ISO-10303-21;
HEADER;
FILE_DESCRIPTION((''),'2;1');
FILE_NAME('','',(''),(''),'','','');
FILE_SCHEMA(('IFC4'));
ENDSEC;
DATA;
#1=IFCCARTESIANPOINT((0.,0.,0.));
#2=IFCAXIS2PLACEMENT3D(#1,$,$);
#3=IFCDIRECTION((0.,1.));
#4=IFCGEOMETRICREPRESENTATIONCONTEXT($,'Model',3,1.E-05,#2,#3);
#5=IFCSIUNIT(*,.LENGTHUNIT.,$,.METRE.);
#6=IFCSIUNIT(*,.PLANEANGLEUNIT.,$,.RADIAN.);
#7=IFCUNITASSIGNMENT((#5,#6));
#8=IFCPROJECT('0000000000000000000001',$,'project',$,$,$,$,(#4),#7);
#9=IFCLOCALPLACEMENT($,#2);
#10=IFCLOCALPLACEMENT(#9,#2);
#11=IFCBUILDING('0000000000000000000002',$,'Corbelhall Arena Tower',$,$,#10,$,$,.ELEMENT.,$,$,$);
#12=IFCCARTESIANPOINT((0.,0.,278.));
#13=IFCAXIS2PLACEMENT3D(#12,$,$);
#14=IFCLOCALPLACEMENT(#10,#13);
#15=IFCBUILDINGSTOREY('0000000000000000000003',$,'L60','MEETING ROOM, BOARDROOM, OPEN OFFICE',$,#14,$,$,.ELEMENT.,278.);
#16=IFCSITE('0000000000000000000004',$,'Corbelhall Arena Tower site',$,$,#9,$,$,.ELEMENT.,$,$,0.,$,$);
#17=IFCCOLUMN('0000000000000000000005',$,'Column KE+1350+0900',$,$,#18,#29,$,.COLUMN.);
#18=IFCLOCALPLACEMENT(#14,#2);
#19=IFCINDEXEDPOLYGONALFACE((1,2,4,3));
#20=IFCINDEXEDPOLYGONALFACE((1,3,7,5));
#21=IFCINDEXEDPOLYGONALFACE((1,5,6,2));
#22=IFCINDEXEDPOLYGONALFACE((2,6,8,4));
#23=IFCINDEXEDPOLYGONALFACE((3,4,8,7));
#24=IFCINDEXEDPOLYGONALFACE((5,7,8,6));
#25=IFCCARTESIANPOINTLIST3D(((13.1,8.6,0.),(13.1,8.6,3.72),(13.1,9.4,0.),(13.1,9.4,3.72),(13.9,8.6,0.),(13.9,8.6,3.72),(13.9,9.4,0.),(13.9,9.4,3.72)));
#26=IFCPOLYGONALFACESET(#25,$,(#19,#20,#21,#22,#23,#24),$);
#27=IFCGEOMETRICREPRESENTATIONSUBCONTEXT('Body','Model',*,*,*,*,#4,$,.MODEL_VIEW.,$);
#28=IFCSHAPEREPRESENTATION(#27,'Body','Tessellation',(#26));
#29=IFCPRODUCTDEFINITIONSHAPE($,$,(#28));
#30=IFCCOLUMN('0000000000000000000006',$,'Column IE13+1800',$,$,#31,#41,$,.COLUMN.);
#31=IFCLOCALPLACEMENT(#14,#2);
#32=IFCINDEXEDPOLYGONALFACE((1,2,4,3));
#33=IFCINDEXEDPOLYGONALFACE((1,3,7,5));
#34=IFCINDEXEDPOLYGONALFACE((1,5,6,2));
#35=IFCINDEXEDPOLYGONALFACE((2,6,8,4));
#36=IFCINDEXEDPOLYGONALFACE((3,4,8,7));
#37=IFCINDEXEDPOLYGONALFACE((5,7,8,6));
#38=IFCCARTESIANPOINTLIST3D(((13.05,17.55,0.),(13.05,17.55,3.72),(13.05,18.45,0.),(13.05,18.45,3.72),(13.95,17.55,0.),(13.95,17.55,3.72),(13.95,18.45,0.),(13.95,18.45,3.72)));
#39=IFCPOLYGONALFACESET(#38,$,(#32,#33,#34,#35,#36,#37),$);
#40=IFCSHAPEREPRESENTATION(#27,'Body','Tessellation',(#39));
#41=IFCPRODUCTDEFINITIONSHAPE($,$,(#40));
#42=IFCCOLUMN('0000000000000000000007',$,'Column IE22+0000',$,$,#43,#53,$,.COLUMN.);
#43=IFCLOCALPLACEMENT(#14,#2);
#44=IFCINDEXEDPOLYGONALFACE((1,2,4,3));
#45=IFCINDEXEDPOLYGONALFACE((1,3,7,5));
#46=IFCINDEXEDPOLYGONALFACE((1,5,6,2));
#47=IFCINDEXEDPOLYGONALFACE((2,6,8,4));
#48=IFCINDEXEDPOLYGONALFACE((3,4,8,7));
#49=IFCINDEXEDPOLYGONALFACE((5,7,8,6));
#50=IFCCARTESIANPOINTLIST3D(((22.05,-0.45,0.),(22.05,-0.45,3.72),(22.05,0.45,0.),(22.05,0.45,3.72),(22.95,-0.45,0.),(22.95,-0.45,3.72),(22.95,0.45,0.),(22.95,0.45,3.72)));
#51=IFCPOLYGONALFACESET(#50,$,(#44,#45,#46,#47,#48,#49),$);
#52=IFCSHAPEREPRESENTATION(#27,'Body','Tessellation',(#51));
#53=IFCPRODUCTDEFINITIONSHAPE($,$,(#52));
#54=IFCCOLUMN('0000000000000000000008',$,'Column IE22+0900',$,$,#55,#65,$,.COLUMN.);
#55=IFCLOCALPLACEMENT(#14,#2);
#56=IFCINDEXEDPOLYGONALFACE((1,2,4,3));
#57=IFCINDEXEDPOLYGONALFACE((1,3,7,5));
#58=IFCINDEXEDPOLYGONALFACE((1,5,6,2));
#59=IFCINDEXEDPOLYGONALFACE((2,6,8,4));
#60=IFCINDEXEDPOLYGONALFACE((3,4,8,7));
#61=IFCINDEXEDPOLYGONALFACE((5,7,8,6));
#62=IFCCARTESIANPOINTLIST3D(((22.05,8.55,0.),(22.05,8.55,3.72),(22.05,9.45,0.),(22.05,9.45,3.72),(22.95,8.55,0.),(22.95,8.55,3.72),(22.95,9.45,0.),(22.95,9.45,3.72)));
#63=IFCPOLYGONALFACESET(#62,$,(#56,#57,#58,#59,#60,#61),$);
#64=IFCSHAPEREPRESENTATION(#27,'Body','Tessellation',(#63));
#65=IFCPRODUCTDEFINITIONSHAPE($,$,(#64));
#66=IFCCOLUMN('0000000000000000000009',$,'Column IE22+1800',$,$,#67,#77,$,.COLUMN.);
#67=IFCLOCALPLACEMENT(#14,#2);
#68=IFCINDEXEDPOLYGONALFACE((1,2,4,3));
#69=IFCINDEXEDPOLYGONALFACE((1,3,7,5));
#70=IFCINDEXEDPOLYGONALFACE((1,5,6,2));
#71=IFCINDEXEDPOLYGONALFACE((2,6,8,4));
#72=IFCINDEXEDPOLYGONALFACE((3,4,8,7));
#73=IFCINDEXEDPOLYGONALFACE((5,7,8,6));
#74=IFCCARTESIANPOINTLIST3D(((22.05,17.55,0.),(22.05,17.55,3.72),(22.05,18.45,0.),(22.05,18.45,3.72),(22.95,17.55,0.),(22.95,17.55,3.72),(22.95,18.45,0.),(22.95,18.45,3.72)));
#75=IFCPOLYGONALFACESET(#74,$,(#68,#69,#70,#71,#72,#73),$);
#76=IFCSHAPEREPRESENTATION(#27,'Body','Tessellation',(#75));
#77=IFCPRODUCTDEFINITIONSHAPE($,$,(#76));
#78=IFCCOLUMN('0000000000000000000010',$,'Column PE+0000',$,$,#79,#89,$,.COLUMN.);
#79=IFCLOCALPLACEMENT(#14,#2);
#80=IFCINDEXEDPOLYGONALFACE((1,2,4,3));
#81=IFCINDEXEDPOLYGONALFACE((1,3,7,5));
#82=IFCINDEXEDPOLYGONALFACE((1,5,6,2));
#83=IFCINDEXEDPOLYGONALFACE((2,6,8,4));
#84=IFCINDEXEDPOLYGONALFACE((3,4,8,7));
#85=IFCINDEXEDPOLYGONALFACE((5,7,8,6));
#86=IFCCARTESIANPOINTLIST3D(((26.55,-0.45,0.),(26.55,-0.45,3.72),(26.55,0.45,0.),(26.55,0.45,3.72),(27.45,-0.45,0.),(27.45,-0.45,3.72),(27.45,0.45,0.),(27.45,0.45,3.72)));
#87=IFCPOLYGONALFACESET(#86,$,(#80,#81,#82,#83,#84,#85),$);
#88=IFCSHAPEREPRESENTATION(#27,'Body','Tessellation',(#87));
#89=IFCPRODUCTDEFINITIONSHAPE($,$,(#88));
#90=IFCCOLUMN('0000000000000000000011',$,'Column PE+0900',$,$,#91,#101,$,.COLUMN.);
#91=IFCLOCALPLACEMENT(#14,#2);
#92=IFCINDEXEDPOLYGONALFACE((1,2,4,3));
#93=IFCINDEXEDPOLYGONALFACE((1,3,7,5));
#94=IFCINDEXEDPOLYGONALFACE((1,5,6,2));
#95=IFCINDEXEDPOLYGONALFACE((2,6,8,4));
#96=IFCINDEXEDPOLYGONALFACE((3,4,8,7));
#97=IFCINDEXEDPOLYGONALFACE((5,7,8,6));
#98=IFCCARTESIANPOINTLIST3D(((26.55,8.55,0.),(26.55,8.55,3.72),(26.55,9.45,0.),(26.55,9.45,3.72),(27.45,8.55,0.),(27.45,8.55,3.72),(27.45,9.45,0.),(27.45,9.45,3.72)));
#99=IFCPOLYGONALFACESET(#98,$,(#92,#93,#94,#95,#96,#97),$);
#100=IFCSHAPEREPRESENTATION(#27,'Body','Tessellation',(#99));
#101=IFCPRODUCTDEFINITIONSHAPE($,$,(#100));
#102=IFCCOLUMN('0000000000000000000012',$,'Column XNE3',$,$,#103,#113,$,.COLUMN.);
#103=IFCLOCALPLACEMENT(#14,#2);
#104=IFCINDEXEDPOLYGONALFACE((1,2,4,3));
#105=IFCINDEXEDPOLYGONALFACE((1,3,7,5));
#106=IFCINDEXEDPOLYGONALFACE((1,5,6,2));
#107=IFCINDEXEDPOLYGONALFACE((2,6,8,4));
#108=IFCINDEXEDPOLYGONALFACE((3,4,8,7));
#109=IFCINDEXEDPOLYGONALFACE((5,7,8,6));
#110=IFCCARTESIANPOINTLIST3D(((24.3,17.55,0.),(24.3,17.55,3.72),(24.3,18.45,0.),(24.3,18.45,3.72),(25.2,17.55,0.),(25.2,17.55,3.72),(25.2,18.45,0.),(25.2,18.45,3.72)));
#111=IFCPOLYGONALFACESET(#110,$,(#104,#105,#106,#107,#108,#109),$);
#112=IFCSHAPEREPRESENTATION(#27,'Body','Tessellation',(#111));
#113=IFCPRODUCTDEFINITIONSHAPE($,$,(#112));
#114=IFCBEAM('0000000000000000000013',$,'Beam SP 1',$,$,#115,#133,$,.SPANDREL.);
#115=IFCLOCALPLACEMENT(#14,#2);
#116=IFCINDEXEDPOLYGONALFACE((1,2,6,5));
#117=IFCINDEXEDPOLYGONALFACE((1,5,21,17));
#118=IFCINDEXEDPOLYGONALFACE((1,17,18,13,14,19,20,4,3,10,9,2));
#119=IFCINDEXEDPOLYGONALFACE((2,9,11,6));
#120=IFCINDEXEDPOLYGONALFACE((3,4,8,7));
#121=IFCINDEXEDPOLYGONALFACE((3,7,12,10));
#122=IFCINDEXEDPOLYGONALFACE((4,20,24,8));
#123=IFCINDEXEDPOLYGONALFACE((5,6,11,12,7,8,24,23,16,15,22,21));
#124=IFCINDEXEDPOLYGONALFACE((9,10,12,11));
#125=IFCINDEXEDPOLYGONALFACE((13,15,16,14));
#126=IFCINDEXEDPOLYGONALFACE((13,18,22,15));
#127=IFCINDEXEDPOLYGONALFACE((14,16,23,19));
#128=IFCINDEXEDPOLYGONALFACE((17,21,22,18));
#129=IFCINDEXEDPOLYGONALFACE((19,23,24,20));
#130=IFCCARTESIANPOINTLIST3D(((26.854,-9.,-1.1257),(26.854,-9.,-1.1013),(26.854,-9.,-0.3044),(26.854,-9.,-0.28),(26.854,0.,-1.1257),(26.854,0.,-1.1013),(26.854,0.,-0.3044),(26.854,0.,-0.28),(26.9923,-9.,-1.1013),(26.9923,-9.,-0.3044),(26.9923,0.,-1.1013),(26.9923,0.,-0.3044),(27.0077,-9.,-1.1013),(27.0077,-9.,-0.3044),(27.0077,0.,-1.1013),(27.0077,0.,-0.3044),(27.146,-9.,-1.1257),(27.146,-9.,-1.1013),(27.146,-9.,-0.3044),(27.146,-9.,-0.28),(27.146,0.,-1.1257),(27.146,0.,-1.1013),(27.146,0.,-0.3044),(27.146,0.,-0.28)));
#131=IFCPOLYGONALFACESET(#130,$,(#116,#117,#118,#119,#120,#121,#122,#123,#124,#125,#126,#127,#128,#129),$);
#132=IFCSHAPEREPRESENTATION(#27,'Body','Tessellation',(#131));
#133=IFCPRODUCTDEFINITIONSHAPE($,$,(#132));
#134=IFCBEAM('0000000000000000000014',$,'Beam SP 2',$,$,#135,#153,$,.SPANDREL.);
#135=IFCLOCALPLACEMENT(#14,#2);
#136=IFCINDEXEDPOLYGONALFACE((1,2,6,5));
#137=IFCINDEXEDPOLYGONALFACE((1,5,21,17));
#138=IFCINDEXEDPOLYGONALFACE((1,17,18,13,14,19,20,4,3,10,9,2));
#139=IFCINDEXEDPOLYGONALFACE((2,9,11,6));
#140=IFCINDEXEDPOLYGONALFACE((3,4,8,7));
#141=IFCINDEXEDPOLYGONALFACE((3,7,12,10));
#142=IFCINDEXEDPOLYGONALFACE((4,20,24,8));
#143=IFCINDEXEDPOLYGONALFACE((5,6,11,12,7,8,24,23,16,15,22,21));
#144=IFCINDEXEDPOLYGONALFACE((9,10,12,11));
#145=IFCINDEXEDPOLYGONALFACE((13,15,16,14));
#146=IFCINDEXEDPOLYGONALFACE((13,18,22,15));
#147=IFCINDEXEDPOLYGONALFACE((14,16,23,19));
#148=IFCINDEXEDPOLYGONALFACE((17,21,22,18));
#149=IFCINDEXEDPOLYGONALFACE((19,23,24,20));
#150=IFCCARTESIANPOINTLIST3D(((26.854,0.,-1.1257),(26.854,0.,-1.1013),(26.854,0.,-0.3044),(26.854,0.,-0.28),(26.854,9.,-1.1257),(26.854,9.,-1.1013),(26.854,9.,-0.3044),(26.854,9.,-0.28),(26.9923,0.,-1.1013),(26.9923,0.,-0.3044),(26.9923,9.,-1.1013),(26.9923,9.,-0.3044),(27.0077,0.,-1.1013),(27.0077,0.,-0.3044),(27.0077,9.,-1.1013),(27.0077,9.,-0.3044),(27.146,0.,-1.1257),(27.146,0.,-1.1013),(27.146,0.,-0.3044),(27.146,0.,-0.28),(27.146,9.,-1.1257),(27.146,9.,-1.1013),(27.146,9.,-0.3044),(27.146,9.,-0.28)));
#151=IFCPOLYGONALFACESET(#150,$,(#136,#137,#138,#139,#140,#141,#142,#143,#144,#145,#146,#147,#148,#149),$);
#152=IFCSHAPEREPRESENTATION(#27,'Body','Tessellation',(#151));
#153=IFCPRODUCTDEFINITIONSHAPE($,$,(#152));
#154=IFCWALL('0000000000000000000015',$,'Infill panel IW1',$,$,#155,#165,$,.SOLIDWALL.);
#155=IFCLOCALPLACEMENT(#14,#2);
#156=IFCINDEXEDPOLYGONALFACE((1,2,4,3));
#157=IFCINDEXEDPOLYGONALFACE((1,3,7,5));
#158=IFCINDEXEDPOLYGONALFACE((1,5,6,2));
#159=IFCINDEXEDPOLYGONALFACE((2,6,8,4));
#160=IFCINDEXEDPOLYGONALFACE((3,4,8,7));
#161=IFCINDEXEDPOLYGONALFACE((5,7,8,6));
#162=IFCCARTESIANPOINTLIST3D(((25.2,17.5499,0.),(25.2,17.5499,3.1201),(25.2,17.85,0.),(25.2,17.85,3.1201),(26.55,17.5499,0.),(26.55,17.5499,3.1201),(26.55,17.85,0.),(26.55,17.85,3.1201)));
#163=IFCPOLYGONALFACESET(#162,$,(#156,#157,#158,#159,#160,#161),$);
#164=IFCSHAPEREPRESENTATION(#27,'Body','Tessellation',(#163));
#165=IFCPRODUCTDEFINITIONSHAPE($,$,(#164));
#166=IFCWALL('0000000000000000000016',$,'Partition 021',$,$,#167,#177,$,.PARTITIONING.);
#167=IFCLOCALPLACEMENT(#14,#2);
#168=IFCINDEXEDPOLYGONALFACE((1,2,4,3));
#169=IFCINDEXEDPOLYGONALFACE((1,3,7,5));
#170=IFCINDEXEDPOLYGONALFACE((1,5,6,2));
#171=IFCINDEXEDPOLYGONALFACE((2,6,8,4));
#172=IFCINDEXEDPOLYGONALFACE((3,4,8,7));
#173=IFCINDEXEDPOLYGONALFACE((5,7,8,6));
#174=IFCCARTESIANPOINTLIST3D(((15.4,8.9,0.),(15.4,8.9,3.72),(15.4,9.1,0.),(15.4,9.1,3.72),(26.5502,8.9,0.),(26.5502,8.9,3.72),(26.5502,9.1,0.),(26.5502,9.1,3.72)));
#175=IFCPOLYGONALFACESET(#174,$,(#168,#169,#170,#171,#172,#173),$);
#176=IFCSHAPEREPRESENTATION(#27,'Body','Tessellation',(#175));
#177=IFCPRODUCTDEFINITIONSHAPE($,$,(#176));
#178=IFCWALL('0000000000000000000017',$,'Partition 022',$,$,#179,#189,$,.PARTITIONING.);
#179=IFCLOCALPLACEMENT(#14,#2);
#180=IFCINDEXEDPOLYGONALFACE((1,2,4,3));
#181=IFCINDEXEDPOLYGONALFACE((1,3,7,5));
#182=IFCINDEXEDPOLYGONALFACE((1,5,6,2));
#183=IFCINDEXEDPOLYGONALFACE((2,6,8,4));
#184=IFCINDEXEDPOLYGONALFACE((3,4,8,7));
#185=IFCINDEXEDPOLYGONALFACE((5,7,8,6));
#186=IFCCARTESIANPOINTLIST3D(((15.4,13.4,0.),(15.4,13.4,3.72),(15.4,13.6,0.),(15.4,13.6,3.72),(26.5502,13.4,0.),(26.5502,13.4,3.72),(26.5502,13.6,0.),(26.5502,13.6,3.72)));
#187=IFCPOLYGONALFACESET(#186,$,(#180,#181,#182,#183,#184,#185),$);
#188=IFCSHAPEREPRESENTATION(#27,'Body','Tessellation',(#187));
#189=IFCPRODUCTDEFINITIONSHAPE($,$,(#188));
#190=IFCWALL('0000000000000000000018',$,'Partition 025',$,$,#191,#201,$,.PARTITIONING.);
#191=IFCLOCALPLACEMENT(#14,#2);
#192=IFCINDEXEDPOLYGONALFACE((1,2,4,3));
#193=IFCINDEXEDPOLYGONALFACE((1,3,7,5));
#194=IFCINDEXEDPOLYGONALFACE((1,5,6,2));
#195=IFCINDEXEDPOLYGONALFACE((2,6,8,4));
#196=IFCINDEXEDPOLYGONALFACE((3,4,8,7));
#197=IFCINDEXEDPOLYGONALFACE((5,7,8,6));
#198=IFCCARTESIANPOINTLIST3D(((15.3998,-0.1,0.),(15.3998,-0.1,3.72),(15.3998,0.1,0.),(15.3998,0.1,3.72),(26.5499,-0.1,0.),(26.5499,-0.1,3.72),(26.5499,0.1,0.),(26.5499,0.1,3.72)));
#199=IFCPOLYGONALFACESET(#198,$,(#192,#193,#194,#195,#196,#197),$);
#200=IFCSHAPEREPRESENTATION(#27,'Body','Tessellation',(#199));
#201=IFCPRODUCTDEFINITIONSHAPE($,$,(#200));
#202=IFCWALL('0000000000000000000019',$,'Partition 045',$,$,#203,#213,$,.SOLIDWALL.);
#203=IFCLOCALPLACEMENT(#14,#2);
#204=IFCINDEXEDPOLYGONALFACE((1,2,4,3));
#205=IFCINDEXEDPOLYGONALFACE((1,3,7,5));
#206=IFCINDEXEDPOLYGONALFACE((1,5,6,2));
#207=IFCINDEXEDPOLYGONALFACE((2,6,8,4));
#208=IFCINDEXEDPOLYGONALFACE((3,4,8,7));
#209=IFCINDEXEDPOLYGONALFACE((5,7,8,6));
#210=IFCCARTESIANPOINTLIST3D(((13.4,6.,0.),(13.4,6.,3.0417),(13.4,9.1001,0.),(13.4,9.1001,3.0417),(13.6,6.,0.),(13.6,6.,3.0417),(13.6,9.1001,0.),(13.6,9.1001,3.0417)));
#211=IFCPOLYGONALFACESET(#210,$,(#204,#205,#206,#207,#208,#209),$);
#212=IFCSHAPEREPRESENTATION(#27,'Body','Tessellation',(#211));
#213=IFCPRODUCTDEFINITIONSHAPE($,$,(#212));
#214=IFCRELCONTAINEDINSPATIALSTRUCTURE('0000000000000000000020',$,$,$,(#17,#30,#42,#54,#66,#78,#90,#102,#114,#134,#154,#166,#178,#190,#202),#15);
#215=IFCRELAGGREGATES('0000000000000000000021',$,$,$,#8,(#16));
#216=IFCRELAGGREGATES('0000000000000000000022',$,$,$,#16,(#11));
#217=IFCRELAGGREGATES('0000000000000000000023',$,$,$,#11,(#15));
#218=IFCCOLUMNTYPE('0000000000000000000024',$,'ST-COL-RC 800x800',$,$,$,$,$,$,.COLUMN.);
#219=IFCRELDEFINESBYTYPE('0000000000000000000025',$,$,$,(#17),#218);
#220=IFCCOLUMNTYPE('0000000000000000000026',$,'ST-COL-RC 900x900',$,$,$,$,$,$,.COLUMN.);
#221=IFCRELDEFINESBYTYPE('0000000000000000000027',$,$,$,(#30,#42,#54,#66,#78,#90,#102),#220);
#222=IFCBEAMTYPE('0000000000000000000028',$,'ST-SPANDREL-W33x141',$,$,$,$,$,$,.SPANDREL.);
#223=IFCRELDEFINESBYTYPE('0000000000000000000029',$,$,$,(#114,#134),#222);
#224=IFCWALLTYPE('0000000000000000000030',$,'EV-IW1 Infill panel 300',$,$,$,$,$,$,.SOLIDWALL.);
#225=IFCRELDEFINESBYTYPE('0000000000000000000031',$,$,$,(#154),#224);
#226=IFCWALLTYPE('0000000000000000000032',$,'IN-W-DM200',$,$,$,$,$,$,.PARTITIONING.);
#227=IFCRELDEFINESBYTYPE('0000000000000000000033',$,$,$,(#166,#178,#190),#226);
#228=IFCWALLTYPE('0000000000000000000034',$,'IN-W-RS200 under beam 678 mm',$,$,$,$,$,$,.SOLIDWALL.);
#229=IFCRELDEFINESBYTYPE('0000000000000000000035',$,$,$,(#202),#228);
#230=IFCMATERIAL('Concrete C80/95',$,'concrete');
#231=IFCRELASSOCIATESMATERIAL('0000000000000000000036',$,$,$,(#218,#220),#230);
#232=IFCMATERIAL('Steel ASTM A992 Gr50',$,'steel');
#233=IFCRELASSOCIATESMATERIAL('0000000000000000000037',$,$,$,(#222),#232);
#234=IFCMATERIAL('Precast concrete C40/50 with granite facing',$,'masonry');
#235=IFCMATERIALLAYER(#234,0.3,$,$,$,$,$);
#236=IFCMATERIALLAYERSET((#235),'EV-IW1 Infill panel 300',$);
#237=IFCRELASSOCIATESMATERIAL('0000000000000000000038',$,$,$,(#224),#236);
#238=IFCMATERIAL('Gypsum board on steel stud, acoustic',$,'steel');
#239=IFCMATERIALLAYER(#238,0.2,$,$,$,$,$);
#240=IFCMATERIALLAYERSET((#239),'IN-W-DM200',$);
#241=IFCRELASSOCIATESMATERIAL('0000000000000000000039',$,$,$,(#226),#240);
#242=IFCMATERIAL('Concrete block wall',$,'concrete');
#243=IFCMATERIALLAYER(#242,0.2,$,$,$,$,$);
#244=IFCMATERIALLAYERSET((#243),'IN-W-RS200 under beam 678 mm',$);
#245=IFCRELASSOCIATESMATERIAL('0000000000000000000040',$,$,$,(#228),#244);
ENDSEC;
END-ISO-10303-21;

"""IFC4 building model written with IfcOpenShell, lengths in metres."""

from ifc_helpers import new_model, si_unit, direction, frame, frame_2d, origin, origin_2d, place, context, subcontext, project, spatial, rectangle, i_section, extrude, material, layer, layer_set, material_profile, profile_set, type_object, element, save


model = new_model("IFC4")

# Units and contexts
model_context = context("Model", 3, precision=1e-05, world=origin(), true_north=direction((0.0, 1.0)))
body_context = subcontext(model_context, "Body", "Model", "MODEL_VIEW")
ifc_project = project(units=[si_unit("LENGTHUNIT", "METRE"), si_unit("PLANEANGLEUNIT", "RADIAN")], contexts=[model_context])

# Site, building, storey
site_placement = place(None, origin())
site = spatial("IfcSite", under=ifc_project, at=site_placement, Name="Corbelhall Arena Tower site", CompositionType="ELEMENT", RefElevation=0.0)
building_placement = place(site_placement, origin())
building = spatial("IfcBuilding", under=site, at=building_placement, Name="Corbelhall Arena Tower", CompositionType="ELEMENT")
storey_placement = place(building_placement, frame((0.0, 0.0, 278.0)))
storey = spatial("IfcBuildingStorey", under=building, at=storey_placement, Name="L60", Description="MEETING ROOM, BOARDROOM, OPEN OFFICE", CompositionType="ELEMENT", Elevation=278.0)

# Columns
ifc_material_1 = material(Name="Concrete C80/95", Category="concrete")
ifc_material_profile_1 = material_profile(ifc_material_1, rectangle(XDim=0.8, YDim=0.8, at=origin_2d()))
ifc_profile_set_1 = profile_set([ifc_material_profile_1], Name="Concrete C80/95")
column_type_1 = type_object("IfcColumnType", Name="ST-COL-RC 800x800", PredefinedType="COLUMN", material=ifc_profile_set_1)
column_placement = place(storey_placement, frame((13.5, 9.0, 0.0), z_axis=(0.0, 0.0, 1.0), x_axis=(1.0, 0.0, 0.0)))
element("IfcColumn", 1, at=column_placement, inside=storey, type_object=column_type_1, Name="Column KE+1350+0900", PredefinedType="COLUMN", context=body_context, shape_type="SweptSolid", body=[
    extrude(rectangle(XDim=0.8, YDim=0.8, at=origin_2d()), origin(), (0.0, 0.0, 1.0), 3.72),
])
ifc_material_profile_2 = material_profile(ifc_material_1, rectangle(XDim=0.8999, YDim=0.8999, at=origin_2d()))
ifc_profile_set_2 = profile_set([ifc_material_profile_2], Name="Concrete C80/95")
column_type_2 = type_object("IfcColumnType", Name="ST-COL-RC 900x900", PredefinedType="COLUMN", material=ifc_profile_set_2)
for number, where, z_axis, x_axis, name in (
    (2, (13.5, 18.0, 0.0), (0.0, 0.0, 1.0), (1.0, 0.0, 0.0), "Column IE13+1800"),
    (3, (22.5, 0.0, 0.0), (0.0, 0.0, 1.0), (1.0, 0.0, 0.0), "Column IE22+0000"),
    (4, (22.5, 9.0, 0.0), (0.0, 0.0, 1.0), (1.0, 0.0, 0.0), "Column IE22+0900"),
    (5, (22.5, 18.0, 0.0), (0.0, 0.0, 1.0), (1.0, 0.0, 0.0), "Column IE22+1800"),
    (6, (27.0, 0.0, 0.0), (0.0, 0.0, 1.0), (0.0, 1.0, 0.0), "Column PE+0000"),
    (7, (27.0, 9.0, 0.0), (0.0, 0.0, 1.0), (0.0, 1.0, 0.0), "Column PE+0900"),
    (8, (24.75, 18.0, 0.0), (0.0, 0.0, 1.0), (1.0, 0.0, 0.0), "Column XNE3"),
):
    element("IfcColumn", number, at=place(storey_placement, frame(where, z_axis=z_axis, x_axis=x_axis)), inside=storey, type_object=column_type_2, Name=name, PredefinedType="COLUMN", context=body_context, shape_type="SweptSolid", body=[
        extrude(rectangle(XDim=0.8999, YDim=0.8999, at=origin_2d()), origin(), (0.0, 0.0, 1.0), 3.72),
    ])

# Beams
ifc_material_2 = material(Name="Steel ASTM A992 Gr50", Category="steel")
ifc_material_profile_3 = material_profile(ifc_material_2, i_section(OverallWidth=0.292, OverallDepth=0.8457, WebThickness=0.0154, FlangeThickness=0.0244, at=origin_2d()))
ifc_profile_set_3 = profile_set([ifc_material_profile_3], Name="Steel ASTM A992 Gr50")
beam_type = type_object("IfcBeamType", Name="ST-SPANDREL-W33x141", PredefinedType="SPANDREL", material=ifc_profile_set_3)
for number, where, z_axis, x_axis, name in (
    (9, (27.0, 0.0, -0.7029), (0.0, -1.0, 0.0), (1.0, 0.0, 0.0), "Beam SP 1"),
    (10, (27.0, 9.0, -0.7029), (0.0, -1.0, 0.0), (1.0, 0.0, 0.0), "Beam SP 2"),
):
    element("IfcBeam", number, at=place(storey_placement, frame(where, z_axis=z_axis, x_axis=x_axis)), inside=storey, type_object=beam_type, Name=name, PredefinedType="SPANDREL", context=body_context, shape_type="SweptSolid", body=[
        extrude(i_section(OverallWidth=0.292, OverallDepth=0.8457, WebThickness=0.0154, FlangeThickness=0.0244, at=origin_2d()), origin(), (0.0, 0.0, 1.0), 9.0),
    ])

# Shared definitions
ifc_material_3 = material(Name="Precast concrete C40/50 with granite facing", Category="masonry")
ifc_layer_1 = layer(ifc_material_3, 0.3)
ifc_layer_set_1 = layer_set([ifc_layer_1], Name="EV-IW1 Infill panel 300")
wall_type_1 = type_object("IfcWallType", Name="EV-IW1 Infill panel 300", PredefinedType="SOLIDWALL", material=ifc_layer_set_1)

# Wall
wall_1_placement = place(storey_placement, frame((26.55, 17.7, 0.0), z_axis=(0.0, 0.0, 1.0), x_axis=(-1.0, 0.0, 0.0)))
element("IfcWall", 11, at=wall_1_placement, inside=storey, type_object=wall_type_1, Name="Infill panel IW1", PredefinedType="SOLIDWALL", context=body_context, shape_type="SweptSolid", body=[
    extrude(rectangle(XDim=1.3501, YDim=0.3, at=frame_2d((0.675, 0.0))), origin(), (0.0, 0.0, 1.0), 3.1201),
])

# Shared definitions
ifc_material_4 = material(Name="Gypsum board on steel stud, acoustic", Category="steel")
ifc_layer_2 = layer(ifc_material_4, 0.2)
ifc_layer_set_2 = layer_set([ifc_layer_2], Name="IN-W-DM200")
wall_type_2 = type_object("IfcWallType", Name="IN-W-DM200", PredefinedType="PARTITIONING", material=ifc_layer_set_2)

# Walls
for number, where, z_axis, x_axis, name in (
    (12, (15.3999, 9.0, 0.0), (0.0, 0.0, 1.0), (1.0, 0.0, 0.0), "Partition 021"),
    (13, (15.3999, 13.5, 0.0), (0.0, 0.0, 1.0), (1.0, 0.0, 0.0), "Partition 022"),
    (14, (26.55, 0.0, 0.0), (0.0, 0.0, 1.0), (-1.0, 0.0, 0.0), "Partition 025"),
):
    element("IfcWall", number, at=place(storey_placement, frame(where, z_axis=z_axis, x_axis=x_axis)), inside=storey, type_object=wall_type_2, Name=name, PredefinedType="PARTITIONING", context=body_context, shape_type="SweptSolid", body=[
        extrude(rectangle(XDim=11.1501, YDim=0.2, at=frame_2d((5.5752, 0.0))), origin(), (0.0, 0.0, 1.0), 3.72),
    ])
ifc_material_5 = material(Name="Concrete block wall", Category="concrete")
ifc_layer_3 = layer(ifc_material_5, 0.2)
ifc_layer_set_3 = layer_set([ifc_layer_3], Name="IN-W-RS200 under beam 678 mm")
wall_type_3 = type_object("IfcWallType", Name="IN-W-RS200 under beam 678 mm", PredefinedType="SOLIDWALL", material=ifc_layer_set_3)
wall_2_placement = place(storey_placement, frame((13.5, 9.1001, 0.0), z_axis=(0.0, 0.0, 1.0), x_axis=(0.0, -1.0, 0.0)))
element("IfcWall", 15, at=wall_2_placement, inside=storey, type_object=wall_type_3, Name="Partition 045", PredefinedType="SOLIDWALL", context=body_context, shape_type="SweptSolid", body=[
    extrude(rectangle(XDim=3.1001, YDim=0.2, at=frame_2d((1.55, 0.0))), origin(), (0.0, 0.0, 1.0), 3.0417),
])

save(model, "model.ifc")
